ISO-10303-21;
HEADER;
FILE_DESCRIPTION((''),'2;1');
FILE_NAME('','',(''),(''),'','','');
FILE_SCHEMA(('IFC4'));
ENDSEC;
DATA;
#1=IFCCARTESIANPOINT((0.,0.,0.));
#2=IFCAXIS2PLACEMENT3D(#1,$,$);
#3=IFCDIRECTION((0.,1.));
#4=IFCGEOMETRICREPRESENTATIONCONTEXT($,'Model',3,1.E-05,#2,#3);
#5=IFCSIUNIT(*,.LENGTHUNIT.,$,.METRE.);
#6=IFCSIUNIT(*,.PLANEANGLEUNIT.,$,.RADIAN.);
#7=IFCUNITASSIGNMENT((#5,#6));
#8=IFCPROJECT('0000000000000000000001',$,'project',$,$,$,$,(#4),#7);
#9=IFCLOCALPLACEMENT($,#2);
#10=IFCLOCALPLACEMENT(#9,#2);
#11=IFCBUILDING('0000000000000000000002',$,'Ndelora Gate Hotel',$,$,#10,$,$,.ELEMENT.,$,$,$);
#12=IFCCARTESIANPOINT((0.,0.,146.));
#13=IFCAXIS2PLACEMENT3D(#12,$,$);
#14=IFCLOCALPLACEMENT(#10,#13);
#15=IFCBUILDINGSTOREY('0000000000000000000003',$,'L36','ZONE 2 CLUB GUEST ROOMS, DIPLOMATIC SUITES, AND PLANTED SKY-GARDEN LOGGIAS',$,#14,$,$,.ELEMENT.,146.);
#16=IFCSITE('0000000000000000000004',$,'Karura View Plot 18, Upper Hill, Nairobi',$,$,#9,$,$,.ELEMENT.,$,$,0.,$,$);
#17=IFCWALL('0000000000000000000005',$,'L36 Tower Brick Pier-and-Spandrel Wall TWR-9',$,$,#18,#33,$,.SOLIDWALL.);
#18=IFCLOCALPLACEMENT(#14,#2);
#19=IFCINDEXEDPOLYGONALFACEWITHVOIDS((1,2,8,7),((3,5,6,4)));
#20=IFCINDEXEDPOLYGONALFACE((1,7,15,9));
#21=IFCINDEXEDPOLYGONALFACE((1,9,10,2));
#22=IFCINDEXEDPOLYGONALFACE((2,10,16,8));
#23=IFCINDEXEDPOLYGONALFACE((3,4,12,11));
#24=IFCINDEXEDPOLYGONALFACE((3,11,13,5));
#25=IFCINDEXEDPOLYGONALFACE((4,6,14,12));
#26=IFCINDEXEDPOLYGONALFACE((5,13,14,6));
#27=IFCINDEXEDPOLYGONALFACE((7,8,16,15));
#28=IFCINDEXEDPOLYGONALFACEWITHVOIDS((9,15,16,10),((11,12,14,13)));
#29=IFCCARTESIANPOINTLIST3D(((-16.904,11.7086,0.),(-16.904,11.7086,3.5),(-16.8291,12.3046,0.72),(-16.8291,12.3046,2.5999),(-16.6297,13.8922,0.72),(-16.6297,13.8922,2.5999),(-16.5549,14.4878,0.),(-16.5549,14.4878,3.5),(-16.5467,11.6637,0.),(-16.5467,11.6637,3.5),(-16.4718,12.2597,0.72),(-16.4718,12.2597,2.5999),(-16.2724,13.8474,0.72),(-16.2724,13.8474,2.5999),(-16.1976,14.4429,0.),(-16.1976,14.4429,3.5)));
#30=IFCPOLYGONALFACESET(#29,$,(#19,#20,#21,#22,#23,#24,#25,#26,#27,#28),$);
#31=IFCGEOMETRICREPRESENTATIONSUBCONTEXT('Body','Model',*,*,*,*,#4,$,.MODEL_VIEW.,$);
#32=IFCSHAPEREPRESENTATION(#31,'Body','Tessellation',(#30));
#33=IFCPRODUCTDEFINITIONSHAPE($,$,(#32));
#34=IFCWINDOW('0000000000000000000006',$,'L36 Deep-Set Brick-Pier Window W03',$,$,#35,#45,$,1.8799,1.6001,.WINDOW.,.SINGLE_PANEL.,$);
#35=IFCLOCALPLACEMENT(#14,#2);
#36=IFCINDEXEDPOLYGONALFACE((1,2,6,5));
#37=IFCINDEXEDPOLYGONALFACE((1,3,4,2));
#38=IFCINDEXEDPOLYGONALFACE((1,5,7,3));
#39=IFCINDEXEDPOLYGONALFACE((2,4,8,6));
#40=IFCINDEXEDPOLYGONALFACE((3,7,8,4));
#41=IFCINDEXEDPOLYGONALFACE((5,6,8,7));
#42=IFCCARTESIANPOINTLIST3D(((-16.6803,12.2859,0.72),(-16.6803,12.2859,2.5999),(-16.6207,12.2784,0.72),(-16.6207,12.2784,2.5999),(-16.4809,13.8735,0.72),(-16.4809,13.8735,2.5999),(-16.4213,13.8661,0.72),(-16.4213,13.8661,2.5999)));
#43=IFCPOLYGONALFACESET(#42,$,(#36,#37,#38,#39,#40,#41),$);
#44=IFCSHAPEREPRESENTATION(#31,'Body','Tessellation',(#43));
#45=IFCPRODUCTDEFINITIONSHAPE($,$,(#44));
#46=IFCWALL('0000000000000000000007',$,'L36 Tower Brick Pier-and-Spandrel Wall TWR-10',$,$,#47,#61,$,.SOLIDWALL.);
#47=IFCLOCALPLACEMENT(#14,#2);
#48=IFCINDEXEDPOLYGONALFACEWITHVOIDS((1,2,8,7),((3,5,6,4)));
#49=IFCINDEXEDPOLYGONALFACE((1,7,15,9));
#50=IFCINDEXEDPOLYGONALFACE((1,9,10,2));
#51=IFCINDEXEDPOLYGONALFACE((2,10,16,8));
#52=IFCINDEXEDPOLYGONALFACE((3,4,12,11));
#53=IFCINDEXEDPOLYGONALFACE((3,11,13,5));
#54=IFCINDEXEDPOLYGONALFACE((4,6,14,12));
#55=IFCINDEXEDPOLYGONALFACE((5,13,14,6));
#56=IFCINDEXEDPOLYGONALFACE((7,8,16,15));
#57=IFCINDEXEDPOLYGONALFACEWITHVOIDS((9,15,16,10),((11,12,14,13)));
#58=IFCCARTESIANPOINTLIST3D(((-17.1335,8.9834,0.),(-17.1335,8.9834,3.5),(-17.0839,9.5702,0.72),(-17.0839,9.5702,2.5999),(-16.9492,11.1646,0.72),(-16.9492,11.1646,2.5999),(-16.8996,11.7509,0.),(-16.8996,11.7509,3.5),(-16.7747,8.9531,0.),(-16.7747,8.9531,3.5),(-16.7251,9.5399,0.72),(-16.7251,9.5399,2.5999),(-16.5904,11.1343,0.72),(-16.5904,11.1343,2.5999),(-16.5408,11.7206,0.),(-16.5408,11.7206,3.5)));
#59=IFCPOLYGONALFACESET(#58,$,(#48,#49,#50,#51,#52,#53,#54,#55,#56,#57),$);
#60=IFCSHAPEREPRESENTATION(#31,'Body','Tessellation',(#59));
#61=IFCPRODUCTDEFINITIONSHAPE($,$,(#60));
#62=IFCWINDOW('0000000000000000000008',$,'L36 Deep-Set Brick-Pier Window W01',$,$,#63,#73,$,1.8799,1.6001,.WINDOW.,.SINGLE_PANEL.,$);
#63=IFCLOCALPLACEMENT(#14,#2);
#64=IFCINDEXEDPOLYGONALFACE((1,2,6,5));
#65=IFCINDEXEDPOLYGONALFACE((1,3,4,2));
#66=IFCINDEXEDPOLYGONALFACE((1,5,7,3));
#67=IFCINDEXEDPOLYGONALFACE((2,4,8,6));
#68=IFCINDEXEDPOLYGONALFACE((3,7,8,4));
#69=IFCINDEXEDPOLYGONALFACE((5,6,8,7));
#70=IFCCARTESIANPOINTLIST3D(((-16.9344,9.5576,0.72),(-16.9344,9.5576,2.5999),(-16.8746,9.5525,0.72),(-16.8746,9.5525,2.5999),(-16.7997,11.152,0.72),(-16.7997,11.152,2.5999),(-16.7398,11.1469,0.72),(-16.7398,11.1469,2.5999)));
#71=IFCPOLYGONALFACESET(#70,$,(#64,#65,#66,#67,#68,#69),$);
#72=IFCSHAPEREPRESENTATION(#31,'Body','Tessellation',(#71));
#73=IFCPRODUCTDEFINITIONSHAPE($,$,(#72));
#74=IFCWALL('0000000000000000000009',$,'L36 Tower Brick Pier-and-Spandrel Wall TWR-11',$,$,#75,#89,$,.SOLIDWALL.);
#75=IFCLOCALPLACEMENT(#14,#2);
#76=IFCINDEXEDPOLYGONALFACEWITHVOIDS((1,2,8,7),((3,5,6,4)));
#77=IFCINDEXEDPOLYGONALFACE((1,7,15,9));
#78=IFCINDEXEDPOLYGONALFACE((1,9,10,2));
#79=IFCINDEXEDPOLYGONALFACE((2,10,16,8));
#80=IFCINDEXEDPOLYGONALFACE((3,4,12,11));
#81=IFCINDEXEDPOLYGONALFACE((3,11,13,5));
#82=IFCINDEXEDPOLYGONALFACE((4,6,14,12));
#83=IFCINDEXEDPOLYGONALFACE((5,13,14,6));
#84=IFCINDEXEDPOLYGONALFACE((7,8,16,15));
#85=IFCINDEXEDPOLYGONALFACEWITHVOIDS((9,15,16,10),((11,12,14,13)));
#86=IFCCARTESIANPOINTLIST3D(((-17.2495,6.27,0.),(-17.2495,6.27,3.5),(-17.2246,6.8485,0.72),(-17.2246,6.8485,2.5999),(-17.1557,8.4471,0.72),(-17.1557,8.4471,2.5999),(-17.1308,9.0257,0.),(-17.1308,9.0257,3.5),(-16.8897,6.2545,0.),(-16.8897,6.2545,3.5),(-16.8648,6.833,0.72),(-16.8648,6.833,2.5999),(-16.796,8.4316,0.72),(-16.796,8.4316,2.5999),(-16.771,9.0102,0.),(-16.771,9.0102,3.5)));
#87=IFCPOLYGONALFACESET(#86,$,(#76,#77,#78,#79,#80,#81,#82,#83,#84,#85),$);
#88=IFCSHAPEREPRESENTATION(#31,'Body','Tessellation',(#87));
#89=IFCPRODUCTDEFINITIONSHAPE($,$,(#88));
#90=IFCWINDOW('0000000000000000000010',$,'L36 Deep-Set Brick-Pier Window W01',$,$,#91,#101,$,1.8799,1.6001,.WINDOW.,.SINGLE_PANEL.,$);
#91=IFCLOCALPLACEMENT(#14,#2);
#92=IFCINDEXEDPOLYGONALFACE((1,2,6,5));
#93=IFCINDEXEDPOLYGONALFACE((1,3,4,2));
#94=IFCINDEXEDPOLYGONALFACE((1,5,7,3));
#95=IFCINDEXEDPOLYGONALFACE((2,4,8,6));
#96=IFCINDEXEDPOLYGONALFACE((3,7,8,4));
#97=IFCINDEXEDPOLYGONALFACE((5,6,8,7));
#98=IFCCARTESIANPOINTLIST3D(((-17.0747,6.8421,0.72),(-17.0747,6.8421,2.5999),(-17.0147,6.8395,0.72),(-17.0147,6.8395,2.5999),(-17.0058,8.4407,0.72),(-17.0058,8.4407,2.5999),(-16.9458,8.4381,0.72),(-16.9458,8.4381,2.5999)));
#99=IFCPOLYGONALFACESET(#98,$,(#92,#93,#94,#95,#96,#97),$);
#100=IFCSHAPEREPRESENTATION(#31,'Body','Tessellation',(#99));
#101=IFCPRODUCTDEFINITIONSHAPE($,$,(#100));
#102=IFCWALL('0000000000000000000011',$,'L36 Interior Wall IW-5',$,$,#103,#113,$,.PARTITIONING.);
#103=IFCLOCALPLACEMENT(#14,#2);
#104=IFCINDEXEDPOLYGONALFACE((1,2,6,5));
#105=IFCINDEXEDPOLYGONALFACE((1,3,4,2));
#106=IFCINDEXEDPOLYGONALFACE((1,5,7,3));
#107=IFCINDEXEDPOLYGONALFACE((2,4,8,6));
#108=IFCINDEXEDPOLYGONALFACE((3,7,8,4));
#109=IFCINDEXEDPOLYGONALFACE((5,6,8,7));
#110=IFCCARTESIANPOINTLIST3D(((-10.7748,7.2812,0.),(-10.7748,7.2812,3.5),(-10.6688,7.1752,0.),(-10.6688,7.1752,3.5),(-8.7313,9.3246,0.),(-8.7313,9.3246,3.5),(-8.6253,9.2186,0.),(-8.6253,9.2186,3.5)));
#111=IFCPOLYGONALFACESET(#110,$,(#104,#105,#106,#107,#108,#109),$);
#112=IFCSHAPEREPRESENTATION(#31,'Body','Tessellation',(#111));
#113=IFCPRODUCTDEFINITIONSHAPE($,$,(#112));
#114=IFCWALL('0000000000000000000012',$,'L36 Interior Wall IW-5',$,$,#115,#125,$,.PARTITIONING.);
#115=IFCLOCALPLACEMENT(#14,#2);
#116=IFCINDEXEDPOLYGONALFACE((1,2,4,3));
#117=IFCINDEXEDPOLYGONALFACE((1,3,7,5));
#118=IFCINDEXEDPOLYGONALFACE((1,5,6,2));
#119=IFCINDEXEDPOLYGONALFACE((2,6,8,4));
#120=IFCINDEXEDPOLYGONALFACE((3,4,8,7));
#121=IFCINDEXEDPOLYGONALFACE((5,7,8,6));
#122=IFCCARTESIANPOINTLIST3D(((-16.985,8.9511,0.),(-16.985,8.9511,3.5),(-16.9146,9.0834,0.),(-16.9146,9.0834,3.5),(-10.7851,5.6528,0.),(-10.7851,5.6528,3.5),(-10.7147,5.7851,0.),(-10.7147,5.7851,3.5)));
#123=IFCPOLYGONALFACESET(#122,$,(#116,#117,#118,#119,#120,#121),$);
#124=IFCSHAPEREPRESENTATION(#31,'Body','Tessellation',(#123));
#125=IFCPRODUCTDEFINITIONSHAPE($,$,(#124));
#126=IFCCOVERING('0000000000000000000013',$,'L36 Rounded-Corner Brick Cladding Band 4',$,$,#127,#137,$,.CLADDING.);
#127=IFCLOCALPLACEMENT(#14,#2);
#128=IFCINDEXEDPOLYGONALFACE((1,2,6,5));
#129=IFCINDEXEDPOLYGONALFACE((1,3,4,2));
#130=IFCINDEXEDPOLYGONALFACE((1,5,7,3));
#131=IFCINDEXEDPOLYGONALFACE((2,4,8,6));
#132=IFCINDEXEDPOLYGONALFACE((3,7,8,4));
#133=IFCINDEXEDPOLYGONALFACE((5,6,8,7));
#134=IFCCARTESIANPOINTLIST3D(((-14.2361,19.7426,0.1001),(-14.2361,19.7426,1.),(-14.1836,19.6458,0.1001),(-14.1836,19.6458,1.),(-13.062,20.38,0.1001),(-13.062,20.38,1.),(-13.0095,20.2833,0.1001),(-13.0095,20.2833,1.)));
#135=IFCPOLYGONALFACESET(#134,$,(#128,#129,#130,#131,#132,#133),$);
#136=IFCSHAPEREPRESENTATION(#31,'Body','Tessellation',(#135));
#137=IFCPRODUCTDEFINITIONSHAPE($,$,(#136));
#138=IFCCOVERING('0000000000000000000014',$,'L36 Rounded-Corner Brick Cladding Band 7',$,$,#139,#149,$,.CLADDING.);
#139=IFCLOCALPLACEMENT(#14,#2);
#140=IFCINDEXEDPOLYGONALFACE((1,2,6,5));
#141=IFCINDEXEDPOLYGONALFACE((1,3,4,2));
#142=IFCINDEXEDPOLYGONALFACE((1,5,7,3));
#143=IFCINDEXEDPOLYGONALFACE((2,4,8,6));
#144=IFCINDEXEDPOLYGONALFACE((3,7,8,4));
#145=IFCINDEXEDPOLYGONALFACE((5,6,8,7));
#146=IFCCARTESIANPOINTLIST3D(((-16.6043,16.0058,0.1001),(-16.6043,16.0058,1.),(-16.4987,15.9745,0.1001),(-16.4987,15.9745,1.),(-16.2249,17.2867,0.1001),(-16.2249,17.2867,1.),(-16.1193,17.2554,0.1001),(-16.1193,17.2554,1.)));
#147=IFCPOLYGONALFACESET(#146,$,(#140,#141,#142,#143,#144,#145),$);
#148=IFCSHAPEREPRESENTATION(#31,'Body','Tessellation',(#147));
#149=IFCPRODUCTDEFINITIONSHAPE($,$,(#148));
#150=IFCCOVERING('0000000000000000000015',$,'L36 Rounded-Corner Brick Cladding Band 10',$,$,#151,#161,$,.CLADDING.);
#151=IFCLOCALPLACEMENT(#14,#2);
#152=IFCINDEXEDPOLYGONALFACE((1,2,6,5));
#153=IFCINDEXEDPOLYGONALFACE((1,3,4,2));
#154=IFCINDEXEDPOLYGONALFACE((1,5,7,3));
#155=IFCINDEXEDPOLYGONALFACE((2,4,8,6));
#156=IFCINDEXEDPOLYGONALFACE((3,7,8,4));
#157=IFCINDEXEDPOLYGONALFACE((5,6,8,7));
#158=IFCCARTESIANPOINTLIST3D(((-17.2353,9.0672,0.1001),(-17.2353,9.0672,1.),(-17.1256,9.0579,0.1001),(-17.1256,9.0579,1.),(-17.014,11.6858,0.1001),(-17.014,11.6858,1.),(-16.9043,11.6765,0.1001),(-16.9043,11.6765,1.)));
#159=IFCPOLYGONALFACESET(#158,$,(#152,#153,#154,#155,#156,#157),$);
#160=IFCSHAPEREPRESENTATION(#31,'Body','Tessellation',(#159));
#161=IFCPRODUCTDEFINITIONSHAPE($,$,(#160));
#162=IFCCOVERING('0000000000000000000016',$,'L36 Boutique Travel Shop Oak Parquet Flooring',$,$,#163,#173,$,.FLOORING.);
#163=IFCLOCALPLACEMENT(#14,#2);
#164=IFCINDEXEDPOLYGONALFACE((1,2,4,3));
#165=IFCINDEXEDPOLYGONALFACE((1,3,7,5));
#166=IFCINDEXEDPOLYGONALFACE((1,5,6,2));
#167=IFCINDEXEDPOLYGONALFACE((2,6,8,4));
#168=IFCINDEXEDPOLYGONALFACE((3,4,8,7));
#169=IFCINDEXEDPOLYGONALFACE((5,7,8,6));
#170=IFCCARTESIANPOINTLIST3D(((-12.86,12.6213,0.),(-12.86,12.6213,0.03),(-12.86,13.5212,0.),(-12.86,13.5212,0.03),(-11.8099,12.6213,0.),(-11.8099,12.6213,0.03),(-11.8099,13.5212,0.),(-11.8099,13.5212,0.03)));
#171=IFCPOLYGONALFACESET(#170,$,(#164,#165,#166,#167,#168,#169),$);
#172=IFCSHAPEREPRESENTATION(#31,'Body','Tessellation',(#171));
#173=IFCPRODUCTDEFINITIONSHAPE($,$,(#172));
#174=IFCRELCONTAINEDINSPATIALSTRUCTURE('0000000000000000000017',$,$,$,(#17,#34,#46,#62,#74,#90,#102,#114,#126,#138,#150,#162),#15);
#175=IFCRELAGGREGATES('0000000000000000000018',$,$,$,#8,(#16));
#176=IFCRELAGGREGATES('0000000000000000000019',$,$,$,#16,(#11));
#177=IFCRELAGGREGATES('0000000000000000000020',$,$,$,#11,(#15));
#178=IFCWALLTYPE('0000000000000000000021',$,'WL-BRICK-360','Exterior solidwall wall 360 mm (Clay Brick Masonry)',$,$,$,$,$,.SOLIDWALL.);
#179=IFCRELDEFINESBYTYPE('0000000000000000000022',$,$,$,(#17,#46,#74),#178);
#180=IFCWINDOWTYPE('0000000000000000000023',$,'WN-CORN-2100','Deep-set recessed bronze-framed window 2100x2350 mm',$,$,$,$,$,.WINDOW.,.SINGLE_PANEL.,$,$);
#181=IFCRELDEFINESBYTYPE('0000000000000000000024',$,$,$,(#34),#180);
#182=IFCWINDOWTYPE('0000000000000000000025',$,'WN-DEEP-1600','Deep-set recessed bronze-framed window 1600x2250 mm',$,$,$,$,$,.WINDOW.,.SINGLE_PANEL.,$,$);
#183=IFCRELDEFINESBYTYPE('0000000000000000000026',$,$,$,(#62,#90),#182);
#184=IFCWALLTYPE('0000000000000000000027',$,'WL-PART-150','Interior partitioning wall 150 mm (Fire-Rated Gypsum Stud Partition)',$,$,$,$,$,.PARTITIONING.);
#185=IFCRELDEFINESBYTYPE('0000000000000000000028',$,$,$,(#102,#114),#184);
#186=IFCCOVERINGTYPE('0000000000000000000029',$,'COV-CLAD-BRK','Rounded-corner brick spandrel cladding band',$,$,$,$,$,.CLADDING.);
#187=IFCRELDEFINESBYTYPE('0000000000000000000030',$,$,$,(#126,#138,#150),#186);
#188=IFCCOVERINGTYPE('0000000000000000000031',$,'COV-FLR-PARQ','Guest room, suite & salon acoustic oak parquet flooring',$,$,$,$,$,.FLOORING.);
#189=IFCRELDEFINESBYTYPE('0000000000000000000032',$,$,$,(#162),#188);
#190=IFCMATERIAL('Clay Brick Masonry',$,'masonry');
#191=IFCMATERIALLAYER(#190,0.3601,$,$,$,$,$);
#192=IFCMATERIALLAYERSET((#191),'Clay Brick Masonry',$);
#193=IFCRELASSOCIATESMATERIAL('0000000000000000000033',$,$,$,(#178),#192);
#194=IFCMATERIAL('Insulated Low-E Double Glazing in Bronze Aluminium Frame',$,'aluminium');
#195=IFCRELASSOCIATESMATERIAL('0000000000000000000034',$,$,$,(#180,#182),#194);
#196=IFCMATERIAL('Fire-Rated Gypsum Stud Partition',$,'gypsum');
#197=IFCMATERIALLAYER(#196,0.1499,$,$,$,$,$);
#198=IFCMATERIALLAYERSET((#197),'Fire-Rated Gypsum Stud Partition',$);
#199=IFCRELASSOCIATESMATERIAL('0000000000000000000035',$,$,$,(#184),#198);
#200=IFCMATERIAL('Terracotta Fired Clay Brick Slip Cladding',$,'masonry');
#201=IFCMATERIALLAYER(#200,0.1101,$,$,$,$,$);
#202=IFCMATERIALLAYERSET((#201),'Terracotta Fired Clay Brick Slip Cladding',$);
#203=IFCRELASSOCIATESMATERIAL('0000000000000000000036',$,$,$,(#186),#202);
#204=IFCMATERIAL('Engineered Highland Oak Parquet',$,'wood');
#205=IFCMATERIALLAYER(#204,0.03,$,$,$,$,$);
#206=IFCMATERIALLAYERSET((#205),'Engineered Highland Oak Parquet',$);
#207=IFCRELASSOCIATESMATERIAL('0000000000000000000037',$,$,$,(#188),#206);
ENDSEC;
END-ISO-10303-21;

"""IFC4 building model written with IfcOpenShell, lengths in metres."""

from ifc_helpers import new_model, si_unit, direction, frame, frame_2d, origin, origin_2d, place, context, subcontext, project, spatial, rectangle, extrude, material, layer, layer_set, type_object, element, fill, save


model = new_model("IFC4")

# Units and contexts
model_context = context("Model", 3, precision=1e-05, world=origin(), true_north=direction((0.0, 1.0)))
body_context = subcontext(model_context, "Body", "Model", "MODEL_VIEW")
ifc_project = project(units=[si_unit("LENGTHUNIT", "METRE"), si_unit("PLANEANGLEUNIT", "RADIAN")], contexts=[model_context])

# Site, building, storey
site_placement = place(None, origin())
site = spatial("IfcSite", under=ifc_project, at=site_placement, Name="Karura View Plot 18, Upper Hill, Nairobi", CompositionType="ELEMENT", RefElevation=0.0)
building_placement = place(site_placement, origin())
building = spatial("IfcBuilding", under=site, at=building_placement, Name="Ndelora Gate Hotel", CompositionType="ELEMENT")
storey_placement = place(building_placement, frame((0.0, 0.0, 146.0)))
storey = spatial("IfcBuildingStorey", under=building, at=storey_placement, Name="L36", Description="ZONE 2 CLUB GUEST ROOMS, DIPLOMATIC SUITES, AND PLANTED SKY-GARDEN LOGGIAS", CompositionType="ELEMENT", Elevation=146.0)

# Shared definitions
ifc_material_1 = material(Name="Clay Brick Masonry", Category="masonry")
ifc_layer_1 = layer(ifc_material_1, 0.3601)
ifc_layer_set_1 = layer_set([ifc_layer_1], Name="Clay Brick Masonry")
wall_type_1 = type_object("IfcWallType", Name="WL-BRICK-360", Description="Exterior solidwall wall 360 mm (Clay Brick Masonry)", PredefinedType="SOLIDWALL", material=ifc_layer_set_1)

# Walls, openings, windows
wall_1_placement = place(storey_placement, frame((-16.7253, 11.6863, 0.0), z_axis=(0.0, 0.0, 1.0), x_axis=(0.124635, 0.992203, 0.0)))
wall_1 = element("IfcWall", 1, at=wall_1_placement, inside=storey, type_object=wall_type_1, Name="L36 Tower Brick Pier-and-Spandrel Wall TWR-9", PredefinedType="SOLIDWALL", context=body_context, shape_type="SweptSolid", body=[
    extrude(rectangle(XDim=2.801, YDim=0.3601, at=frame_2d((1.4004, 0.0))), origin(), (0.0, 0.0, 1.0), 3.5),
])
opening_1_placement = place(wall_1_placement, frame((0.6006, 0.0, 0.72)))
opening_1 = element("IfcOpeningElement", 2, at=opening_1_placement, cuts=wall_1, PredefinedType="OPENING", context=body_context, shape_type="SweptSolid", body=[
    extrude(rectangle(XDim=1.6001, YDim=1.8799, at=frame_2d((0.8, 0.9399))), frame((0.0, 0.1899, 0.0), z_axis=(0.0, -1.0, 0.0), x_axis=(1.0, 0.0, 0.0)), (0.0, 0.0, 1.0), 0.3801),
])
ifc_material_2 = material(Name="Insulated Low-E Double Glazing in Bronze Aluminium Frame", Category="aluminium")
window_type_1 = type_object("IfcWindowType", Name="WN-CORN-2100", Description="Deep-set recessed bronze-framed window 2100x2350 mm", PartitioningType="SINGLE_PANEL", PredefinedType="WINDOW", material=ifc_material_2)
window_1_placement = place(opening_1_placement, origin())
window_1 = element("IfcWindow", 3, at=window_1_placement, inside=storey, type_object=window_type_1, Name="L36 Deep-Set Brick-Pier Window W03", OverallHeight=1.8799, OverallWidth=1.6001, PartitioningType="SINGLE_PANEL", PredefinedType="WINDOW", context=body_context, shape_type="SweptSolid", body=[
    extrude(rectangle(XDim=1.6001, YDim=1.8799, at=frame_2d((0.8, 0.9399))), frame((0.0, 0.03, 0.0), z_axis=(0.0, -1.0, 0.0), x_axis=(1.0, 0.0, 0.0)), (0.0, 0.0, 1.0), 0.0601),
])
fill(opening_1, window_1)
wall_2_placement = place(storey_placement, frame((-16.9541, 8.9683, 0.0), z_axis=(0.0, 0.0, 1.0), x_axis=(0.084209, 0.996448, 0.0)))
wall_2 = element("IfcWall", 4, at=wall_2_placement, inside=storey, type_object=wall_type_1, Name="L36 Tower Brick Pier-and-Spandrel Wall TWR-10", PredefinedType="SOLIDWALL", context=body_context, shape_type="SweptSolid", body=[
    extrude(rectangle(XDim=2.7773, YDim=0.3601, at=frame_2d((1.3887, 0.0))), origin(), (0.0, 0.0, 1.0), 3.5),
])
opening_2_placement = place(wall_2_placement, frame((0.5889, 0.0, 0.72)))
opening_2 = element("IfcOpeningElement", 5, at=opening_2_placement, cuts=wall_2, PredefinedType="OPENING", context=body_context, shape_type="SweptSolid", body=[
    extrude(rectangle(XDim=1.6001, YDim=1.8799, at=frame_2d((0.8, 0.9399))), frame((0.0, 0.1899, 0.0), z_axis=(0.0, -1.0, 0.0), x_axis=(1.0, 0.0, 0.0)), (0.0, 0.0, 1.0), 0.3801),
])
window_type_2 = type_object("IfcWindowType", Name="WN-DEEP-1600", Description="Deep-set recessed bronze-framed window 1600x2250 mm", PartitioningType="SINGLE_PANEL", PredefinedType="WINDOW", material=ifc_material_2)
window_2_placement = place(opening_2_placement, origin())
window_2 = element("IfcWindow", 6, at=window_2_placement, inside=storey, type_object=window_type_2, Name="L36 Deep-Set Brick-Pier Window W01", OverallHeight=1.8799, OverallWidth=1.6001, PartitioningType="SINGLE_PANEL", PredefinedType="WINDOW", context=body_context, shape_type="SweptSolid", body=[
    extrude(rectangle(XDim=1.6001, YDim=1.8799, at=frame_2d((0.8, 0.9399))), frame((0.0, 0.03, 0.0), z_axis=(0.0, -1.0, 0.0), x_axis=(1.0, 0.0, 0.0)), (0.0, 0.0, 1.0), 0.0601),
])
fill(opening_2, window_2)
wall_3_placement = place(storey_placement, frame((-17.0696, 6.2622, 0.0), z_axis=(0.0, 0.0, 1.0), x_axis=(0.043015, 0.999074, 0.0)))
wall_3 = element("IfcWall", 7, at=wall_3_placement, inside=storey, type_object=wall_type_1, Name="L36 Tower Brick Pier-and-Spandrel Wall TWR-11", PredefinedType="SOLIDWALL", context=body_context, shape_type="SweptSolid", body=[
    extrude(rectangle(XDim=2.7583, YDim=0.3601, at=frame_2d((1.3792, 0.0))), origin(), (0.0, 0.0, 1.0), 3.5),
])
opening_3_placement = place(wall_3_placement, frame((0.5791, 0.0, 0.72)))
opening_3 = element("IfcOpeningElement", 8, at=opening_3_placement, cuts=wall_3, PredefinedType="OPENING", context=body_context, shape_type="SweptSolid", body=[
    extrude(rectangle(XDim=1.6001, YDim=1.8799, at=frame_2d((0.8, 0.9399))), frame((0.0, 0.1899, 0.0), z_axis=(0.0, -1.0, 0.0), x_axis=(1.0, 0.0, 0.0)), (0.0, 0.0, 1.0), 0.3801),
])
window_3_placement = place(opening_3_placement, origin())
window_3 = element("IfcWindow", 9, at=window_3_placement, inside=storey, type_object=window_type_2, Name="L36 Deep-Set Brick-Pier Window W01", OverallHeight=1.8799, OverallWidth=1.6001, PartitioningType="SINGLE_PANEL", PredefinedType="WINDOW", context=body_context, shape_type="SweptSolid", body=[
    extrude(rectangle(XDim=1.6001, YDim=1.8799, at=frame_2d((0.8, 0.9399))), frame((0.0, 0.03, 0.0), z_axis=(0.0, -1.0, 0.0), x_axis=(1.0, 0.0, 0.0)), (0.0, 0.0, 1.0), 0.0601),
])
fill(opening_3, window_3)

# Walls
ifc_material_3 = material(Name="Fire-Rated Gypsum Stud Partition", Category="gypsum")
ifc_layer_2 = layer(ifc_material_3, 0.1499)
ifc_layer_set_2 = layer_set([ifc_layer_2], Name="Fire-Rated Gypsum Stud Partition")
wall_type_2 = type_object("IfcWallType", Name="WL-PART-150", Description="Interior partitioning wall 150 mm (Fire-Rated Gypsum Stud Partition)", PredefinedType="PARTITIONING", material=ifc_layer_set_2)
wall_4_placement = place(storey_placement, frame((-10.7217, 7.2283, 0.0), z_axis=(0.0, 0.0, 1.0), x_axis=(0.707107, 0.707107, 0.0)))
element("IfcWall", 10, at=wall_4_placement, inside=storey, type_object=wall_type_2, Name="L36 Interior Wall IW-5", PredefinedType="PARTITIONING", context=body_context, shape_type="SweptSolid", body=[
    extrude(rectangle(XDim=2.8899, YDim=0.1499, at=frame_2d((1.4448, 0.0))), origin(), (0.0, 0.0, 1.0), 3.5),
])
wall_5_placement = place(storey_placement, frame((-10.75, 5.719, 0.0), z_axis=(0.0, 0.0, 1.0), x_axis=(-0.882843, 0.469668, 0.0)))
element("IfcWall", 11, at=wall_5_placement, inside=storey, type_object=wall_type_2, Name="L36 Interior Wall IW-5", PredefinedType="PARTITIONING", context=body_context, shape_type="SweptSolid", body=[
    extrude(rectangle(XDim=7.0227, YDim=0.1499, at=frame_2d((3.5112, 0.0))), origin(), (0.0, 0.0, 1.0), 3.5),
])

# Coverings
ifc_material_4 = material(Name="Terracotta Fired Clay Brick Slip Cladding", Category="masonry")
ifc_layer_3 = layer(ifc_material_4, 0.1101)
ifc_layer_set_3 = layer_set([ifc_layer_3], Name="Terracotta Fired Clay Brick Slip Cladding")
covering_type_1 = type_object("IfcCoveringType", Name="COV-CLAD-BRK", Description="Rounded-corner brick spandrel cladding band", PredefinedType="CLADDING", material=ifc_layer_set_3)
for number, where, z_axis, x_axis, name in (
    (12, (-13.6228, 20.0129, 0.1001), (0.0, 0.0, 1.0), (0.878817, 0.477159, 0.0), "L36 Rounded-Corner Brick Cladding Band 4"),
    (13, (-16.3618, 16.6306, 0.1001), (0.0, 0.0, 1.0), (0.284015, 0.95882, 0.0), "L36 Rounded-Corner Brick Cladding Band 7"),
):
    element("IfcCovering", number, at=place(storey_placement, frame(where, z_axis=z_axis, x_axis=x_axis)), inside=storey, type_object=covering_type_1, Name=name, PredefinedType="CLADDING", context=body_context, shape_type="SweptSolid", body=[
        extrude(rectangle(XDim=1.3359, YDim=0.1101, at=origin_2d()), origin(), (0.0, 0.0, 1.0), 0.8999),
    ])
covering_1_placement = place(storey_placement, frame((-17.0698, 10.3718, 0.1001), z_axis=(0.0, 0.0, 1.0), x_axis=(0.0842, 0.996449, 0.0)))
element("IfcCovering", 14, at=covering_1_placement, inside=storey, type_object=covering_type_1, Name="L36 Rounded-Corner Brick Cladding Band 10", PredefinedType="CLADDING", context=body_context, shape_type="SweptSolid", body=[
    extrude(rectangle(XDim=2.6279, YDim=0.1101, at=origin_2d()), origin(), (0.0, 0.0, 1.0), 0.8999),
])
ifc_material_5 = material(Name="Engineered Highland Oak Parquet", Category="wood")
ifc_layer_4 = layer(ifc_material_5, 0.03)
ifc_layer_set_4 = layer_set([ifc_layer_4], Name="Engineered Highland Oak Parquet")
covering_type_2 = type_object("IfcCoveringType", Name="COV-FLR-PARQ", Description="Guest room, suite & salon acoustic oak parquet flooring", PredefinedType="FLOORING", material=ifc_layer_set_4)
covering_2_placement = place(storey_placement, frame((-12.335, 13.0713, 0.0), z_axis=(0.0, 0.0, 1.0), x_axis=(1.0, 0.0, 0.0)))
element("IfcCovering", 15, at=covering_2_placement, inside=storey, type_object=covering_type_2, Name="L36 Boutique Travel Shop Oak Parquet Flooring", PredefinedType="FLOORING", context=body_context, shape_type="SweptSolid", body=[
    extrude(rectangle(XDim=1.05, YDim=0.8999, at=origin_2d()), origin(), (0.0, 0.0, 1.0), 0.03),
])

save(model, "model.ifc")
